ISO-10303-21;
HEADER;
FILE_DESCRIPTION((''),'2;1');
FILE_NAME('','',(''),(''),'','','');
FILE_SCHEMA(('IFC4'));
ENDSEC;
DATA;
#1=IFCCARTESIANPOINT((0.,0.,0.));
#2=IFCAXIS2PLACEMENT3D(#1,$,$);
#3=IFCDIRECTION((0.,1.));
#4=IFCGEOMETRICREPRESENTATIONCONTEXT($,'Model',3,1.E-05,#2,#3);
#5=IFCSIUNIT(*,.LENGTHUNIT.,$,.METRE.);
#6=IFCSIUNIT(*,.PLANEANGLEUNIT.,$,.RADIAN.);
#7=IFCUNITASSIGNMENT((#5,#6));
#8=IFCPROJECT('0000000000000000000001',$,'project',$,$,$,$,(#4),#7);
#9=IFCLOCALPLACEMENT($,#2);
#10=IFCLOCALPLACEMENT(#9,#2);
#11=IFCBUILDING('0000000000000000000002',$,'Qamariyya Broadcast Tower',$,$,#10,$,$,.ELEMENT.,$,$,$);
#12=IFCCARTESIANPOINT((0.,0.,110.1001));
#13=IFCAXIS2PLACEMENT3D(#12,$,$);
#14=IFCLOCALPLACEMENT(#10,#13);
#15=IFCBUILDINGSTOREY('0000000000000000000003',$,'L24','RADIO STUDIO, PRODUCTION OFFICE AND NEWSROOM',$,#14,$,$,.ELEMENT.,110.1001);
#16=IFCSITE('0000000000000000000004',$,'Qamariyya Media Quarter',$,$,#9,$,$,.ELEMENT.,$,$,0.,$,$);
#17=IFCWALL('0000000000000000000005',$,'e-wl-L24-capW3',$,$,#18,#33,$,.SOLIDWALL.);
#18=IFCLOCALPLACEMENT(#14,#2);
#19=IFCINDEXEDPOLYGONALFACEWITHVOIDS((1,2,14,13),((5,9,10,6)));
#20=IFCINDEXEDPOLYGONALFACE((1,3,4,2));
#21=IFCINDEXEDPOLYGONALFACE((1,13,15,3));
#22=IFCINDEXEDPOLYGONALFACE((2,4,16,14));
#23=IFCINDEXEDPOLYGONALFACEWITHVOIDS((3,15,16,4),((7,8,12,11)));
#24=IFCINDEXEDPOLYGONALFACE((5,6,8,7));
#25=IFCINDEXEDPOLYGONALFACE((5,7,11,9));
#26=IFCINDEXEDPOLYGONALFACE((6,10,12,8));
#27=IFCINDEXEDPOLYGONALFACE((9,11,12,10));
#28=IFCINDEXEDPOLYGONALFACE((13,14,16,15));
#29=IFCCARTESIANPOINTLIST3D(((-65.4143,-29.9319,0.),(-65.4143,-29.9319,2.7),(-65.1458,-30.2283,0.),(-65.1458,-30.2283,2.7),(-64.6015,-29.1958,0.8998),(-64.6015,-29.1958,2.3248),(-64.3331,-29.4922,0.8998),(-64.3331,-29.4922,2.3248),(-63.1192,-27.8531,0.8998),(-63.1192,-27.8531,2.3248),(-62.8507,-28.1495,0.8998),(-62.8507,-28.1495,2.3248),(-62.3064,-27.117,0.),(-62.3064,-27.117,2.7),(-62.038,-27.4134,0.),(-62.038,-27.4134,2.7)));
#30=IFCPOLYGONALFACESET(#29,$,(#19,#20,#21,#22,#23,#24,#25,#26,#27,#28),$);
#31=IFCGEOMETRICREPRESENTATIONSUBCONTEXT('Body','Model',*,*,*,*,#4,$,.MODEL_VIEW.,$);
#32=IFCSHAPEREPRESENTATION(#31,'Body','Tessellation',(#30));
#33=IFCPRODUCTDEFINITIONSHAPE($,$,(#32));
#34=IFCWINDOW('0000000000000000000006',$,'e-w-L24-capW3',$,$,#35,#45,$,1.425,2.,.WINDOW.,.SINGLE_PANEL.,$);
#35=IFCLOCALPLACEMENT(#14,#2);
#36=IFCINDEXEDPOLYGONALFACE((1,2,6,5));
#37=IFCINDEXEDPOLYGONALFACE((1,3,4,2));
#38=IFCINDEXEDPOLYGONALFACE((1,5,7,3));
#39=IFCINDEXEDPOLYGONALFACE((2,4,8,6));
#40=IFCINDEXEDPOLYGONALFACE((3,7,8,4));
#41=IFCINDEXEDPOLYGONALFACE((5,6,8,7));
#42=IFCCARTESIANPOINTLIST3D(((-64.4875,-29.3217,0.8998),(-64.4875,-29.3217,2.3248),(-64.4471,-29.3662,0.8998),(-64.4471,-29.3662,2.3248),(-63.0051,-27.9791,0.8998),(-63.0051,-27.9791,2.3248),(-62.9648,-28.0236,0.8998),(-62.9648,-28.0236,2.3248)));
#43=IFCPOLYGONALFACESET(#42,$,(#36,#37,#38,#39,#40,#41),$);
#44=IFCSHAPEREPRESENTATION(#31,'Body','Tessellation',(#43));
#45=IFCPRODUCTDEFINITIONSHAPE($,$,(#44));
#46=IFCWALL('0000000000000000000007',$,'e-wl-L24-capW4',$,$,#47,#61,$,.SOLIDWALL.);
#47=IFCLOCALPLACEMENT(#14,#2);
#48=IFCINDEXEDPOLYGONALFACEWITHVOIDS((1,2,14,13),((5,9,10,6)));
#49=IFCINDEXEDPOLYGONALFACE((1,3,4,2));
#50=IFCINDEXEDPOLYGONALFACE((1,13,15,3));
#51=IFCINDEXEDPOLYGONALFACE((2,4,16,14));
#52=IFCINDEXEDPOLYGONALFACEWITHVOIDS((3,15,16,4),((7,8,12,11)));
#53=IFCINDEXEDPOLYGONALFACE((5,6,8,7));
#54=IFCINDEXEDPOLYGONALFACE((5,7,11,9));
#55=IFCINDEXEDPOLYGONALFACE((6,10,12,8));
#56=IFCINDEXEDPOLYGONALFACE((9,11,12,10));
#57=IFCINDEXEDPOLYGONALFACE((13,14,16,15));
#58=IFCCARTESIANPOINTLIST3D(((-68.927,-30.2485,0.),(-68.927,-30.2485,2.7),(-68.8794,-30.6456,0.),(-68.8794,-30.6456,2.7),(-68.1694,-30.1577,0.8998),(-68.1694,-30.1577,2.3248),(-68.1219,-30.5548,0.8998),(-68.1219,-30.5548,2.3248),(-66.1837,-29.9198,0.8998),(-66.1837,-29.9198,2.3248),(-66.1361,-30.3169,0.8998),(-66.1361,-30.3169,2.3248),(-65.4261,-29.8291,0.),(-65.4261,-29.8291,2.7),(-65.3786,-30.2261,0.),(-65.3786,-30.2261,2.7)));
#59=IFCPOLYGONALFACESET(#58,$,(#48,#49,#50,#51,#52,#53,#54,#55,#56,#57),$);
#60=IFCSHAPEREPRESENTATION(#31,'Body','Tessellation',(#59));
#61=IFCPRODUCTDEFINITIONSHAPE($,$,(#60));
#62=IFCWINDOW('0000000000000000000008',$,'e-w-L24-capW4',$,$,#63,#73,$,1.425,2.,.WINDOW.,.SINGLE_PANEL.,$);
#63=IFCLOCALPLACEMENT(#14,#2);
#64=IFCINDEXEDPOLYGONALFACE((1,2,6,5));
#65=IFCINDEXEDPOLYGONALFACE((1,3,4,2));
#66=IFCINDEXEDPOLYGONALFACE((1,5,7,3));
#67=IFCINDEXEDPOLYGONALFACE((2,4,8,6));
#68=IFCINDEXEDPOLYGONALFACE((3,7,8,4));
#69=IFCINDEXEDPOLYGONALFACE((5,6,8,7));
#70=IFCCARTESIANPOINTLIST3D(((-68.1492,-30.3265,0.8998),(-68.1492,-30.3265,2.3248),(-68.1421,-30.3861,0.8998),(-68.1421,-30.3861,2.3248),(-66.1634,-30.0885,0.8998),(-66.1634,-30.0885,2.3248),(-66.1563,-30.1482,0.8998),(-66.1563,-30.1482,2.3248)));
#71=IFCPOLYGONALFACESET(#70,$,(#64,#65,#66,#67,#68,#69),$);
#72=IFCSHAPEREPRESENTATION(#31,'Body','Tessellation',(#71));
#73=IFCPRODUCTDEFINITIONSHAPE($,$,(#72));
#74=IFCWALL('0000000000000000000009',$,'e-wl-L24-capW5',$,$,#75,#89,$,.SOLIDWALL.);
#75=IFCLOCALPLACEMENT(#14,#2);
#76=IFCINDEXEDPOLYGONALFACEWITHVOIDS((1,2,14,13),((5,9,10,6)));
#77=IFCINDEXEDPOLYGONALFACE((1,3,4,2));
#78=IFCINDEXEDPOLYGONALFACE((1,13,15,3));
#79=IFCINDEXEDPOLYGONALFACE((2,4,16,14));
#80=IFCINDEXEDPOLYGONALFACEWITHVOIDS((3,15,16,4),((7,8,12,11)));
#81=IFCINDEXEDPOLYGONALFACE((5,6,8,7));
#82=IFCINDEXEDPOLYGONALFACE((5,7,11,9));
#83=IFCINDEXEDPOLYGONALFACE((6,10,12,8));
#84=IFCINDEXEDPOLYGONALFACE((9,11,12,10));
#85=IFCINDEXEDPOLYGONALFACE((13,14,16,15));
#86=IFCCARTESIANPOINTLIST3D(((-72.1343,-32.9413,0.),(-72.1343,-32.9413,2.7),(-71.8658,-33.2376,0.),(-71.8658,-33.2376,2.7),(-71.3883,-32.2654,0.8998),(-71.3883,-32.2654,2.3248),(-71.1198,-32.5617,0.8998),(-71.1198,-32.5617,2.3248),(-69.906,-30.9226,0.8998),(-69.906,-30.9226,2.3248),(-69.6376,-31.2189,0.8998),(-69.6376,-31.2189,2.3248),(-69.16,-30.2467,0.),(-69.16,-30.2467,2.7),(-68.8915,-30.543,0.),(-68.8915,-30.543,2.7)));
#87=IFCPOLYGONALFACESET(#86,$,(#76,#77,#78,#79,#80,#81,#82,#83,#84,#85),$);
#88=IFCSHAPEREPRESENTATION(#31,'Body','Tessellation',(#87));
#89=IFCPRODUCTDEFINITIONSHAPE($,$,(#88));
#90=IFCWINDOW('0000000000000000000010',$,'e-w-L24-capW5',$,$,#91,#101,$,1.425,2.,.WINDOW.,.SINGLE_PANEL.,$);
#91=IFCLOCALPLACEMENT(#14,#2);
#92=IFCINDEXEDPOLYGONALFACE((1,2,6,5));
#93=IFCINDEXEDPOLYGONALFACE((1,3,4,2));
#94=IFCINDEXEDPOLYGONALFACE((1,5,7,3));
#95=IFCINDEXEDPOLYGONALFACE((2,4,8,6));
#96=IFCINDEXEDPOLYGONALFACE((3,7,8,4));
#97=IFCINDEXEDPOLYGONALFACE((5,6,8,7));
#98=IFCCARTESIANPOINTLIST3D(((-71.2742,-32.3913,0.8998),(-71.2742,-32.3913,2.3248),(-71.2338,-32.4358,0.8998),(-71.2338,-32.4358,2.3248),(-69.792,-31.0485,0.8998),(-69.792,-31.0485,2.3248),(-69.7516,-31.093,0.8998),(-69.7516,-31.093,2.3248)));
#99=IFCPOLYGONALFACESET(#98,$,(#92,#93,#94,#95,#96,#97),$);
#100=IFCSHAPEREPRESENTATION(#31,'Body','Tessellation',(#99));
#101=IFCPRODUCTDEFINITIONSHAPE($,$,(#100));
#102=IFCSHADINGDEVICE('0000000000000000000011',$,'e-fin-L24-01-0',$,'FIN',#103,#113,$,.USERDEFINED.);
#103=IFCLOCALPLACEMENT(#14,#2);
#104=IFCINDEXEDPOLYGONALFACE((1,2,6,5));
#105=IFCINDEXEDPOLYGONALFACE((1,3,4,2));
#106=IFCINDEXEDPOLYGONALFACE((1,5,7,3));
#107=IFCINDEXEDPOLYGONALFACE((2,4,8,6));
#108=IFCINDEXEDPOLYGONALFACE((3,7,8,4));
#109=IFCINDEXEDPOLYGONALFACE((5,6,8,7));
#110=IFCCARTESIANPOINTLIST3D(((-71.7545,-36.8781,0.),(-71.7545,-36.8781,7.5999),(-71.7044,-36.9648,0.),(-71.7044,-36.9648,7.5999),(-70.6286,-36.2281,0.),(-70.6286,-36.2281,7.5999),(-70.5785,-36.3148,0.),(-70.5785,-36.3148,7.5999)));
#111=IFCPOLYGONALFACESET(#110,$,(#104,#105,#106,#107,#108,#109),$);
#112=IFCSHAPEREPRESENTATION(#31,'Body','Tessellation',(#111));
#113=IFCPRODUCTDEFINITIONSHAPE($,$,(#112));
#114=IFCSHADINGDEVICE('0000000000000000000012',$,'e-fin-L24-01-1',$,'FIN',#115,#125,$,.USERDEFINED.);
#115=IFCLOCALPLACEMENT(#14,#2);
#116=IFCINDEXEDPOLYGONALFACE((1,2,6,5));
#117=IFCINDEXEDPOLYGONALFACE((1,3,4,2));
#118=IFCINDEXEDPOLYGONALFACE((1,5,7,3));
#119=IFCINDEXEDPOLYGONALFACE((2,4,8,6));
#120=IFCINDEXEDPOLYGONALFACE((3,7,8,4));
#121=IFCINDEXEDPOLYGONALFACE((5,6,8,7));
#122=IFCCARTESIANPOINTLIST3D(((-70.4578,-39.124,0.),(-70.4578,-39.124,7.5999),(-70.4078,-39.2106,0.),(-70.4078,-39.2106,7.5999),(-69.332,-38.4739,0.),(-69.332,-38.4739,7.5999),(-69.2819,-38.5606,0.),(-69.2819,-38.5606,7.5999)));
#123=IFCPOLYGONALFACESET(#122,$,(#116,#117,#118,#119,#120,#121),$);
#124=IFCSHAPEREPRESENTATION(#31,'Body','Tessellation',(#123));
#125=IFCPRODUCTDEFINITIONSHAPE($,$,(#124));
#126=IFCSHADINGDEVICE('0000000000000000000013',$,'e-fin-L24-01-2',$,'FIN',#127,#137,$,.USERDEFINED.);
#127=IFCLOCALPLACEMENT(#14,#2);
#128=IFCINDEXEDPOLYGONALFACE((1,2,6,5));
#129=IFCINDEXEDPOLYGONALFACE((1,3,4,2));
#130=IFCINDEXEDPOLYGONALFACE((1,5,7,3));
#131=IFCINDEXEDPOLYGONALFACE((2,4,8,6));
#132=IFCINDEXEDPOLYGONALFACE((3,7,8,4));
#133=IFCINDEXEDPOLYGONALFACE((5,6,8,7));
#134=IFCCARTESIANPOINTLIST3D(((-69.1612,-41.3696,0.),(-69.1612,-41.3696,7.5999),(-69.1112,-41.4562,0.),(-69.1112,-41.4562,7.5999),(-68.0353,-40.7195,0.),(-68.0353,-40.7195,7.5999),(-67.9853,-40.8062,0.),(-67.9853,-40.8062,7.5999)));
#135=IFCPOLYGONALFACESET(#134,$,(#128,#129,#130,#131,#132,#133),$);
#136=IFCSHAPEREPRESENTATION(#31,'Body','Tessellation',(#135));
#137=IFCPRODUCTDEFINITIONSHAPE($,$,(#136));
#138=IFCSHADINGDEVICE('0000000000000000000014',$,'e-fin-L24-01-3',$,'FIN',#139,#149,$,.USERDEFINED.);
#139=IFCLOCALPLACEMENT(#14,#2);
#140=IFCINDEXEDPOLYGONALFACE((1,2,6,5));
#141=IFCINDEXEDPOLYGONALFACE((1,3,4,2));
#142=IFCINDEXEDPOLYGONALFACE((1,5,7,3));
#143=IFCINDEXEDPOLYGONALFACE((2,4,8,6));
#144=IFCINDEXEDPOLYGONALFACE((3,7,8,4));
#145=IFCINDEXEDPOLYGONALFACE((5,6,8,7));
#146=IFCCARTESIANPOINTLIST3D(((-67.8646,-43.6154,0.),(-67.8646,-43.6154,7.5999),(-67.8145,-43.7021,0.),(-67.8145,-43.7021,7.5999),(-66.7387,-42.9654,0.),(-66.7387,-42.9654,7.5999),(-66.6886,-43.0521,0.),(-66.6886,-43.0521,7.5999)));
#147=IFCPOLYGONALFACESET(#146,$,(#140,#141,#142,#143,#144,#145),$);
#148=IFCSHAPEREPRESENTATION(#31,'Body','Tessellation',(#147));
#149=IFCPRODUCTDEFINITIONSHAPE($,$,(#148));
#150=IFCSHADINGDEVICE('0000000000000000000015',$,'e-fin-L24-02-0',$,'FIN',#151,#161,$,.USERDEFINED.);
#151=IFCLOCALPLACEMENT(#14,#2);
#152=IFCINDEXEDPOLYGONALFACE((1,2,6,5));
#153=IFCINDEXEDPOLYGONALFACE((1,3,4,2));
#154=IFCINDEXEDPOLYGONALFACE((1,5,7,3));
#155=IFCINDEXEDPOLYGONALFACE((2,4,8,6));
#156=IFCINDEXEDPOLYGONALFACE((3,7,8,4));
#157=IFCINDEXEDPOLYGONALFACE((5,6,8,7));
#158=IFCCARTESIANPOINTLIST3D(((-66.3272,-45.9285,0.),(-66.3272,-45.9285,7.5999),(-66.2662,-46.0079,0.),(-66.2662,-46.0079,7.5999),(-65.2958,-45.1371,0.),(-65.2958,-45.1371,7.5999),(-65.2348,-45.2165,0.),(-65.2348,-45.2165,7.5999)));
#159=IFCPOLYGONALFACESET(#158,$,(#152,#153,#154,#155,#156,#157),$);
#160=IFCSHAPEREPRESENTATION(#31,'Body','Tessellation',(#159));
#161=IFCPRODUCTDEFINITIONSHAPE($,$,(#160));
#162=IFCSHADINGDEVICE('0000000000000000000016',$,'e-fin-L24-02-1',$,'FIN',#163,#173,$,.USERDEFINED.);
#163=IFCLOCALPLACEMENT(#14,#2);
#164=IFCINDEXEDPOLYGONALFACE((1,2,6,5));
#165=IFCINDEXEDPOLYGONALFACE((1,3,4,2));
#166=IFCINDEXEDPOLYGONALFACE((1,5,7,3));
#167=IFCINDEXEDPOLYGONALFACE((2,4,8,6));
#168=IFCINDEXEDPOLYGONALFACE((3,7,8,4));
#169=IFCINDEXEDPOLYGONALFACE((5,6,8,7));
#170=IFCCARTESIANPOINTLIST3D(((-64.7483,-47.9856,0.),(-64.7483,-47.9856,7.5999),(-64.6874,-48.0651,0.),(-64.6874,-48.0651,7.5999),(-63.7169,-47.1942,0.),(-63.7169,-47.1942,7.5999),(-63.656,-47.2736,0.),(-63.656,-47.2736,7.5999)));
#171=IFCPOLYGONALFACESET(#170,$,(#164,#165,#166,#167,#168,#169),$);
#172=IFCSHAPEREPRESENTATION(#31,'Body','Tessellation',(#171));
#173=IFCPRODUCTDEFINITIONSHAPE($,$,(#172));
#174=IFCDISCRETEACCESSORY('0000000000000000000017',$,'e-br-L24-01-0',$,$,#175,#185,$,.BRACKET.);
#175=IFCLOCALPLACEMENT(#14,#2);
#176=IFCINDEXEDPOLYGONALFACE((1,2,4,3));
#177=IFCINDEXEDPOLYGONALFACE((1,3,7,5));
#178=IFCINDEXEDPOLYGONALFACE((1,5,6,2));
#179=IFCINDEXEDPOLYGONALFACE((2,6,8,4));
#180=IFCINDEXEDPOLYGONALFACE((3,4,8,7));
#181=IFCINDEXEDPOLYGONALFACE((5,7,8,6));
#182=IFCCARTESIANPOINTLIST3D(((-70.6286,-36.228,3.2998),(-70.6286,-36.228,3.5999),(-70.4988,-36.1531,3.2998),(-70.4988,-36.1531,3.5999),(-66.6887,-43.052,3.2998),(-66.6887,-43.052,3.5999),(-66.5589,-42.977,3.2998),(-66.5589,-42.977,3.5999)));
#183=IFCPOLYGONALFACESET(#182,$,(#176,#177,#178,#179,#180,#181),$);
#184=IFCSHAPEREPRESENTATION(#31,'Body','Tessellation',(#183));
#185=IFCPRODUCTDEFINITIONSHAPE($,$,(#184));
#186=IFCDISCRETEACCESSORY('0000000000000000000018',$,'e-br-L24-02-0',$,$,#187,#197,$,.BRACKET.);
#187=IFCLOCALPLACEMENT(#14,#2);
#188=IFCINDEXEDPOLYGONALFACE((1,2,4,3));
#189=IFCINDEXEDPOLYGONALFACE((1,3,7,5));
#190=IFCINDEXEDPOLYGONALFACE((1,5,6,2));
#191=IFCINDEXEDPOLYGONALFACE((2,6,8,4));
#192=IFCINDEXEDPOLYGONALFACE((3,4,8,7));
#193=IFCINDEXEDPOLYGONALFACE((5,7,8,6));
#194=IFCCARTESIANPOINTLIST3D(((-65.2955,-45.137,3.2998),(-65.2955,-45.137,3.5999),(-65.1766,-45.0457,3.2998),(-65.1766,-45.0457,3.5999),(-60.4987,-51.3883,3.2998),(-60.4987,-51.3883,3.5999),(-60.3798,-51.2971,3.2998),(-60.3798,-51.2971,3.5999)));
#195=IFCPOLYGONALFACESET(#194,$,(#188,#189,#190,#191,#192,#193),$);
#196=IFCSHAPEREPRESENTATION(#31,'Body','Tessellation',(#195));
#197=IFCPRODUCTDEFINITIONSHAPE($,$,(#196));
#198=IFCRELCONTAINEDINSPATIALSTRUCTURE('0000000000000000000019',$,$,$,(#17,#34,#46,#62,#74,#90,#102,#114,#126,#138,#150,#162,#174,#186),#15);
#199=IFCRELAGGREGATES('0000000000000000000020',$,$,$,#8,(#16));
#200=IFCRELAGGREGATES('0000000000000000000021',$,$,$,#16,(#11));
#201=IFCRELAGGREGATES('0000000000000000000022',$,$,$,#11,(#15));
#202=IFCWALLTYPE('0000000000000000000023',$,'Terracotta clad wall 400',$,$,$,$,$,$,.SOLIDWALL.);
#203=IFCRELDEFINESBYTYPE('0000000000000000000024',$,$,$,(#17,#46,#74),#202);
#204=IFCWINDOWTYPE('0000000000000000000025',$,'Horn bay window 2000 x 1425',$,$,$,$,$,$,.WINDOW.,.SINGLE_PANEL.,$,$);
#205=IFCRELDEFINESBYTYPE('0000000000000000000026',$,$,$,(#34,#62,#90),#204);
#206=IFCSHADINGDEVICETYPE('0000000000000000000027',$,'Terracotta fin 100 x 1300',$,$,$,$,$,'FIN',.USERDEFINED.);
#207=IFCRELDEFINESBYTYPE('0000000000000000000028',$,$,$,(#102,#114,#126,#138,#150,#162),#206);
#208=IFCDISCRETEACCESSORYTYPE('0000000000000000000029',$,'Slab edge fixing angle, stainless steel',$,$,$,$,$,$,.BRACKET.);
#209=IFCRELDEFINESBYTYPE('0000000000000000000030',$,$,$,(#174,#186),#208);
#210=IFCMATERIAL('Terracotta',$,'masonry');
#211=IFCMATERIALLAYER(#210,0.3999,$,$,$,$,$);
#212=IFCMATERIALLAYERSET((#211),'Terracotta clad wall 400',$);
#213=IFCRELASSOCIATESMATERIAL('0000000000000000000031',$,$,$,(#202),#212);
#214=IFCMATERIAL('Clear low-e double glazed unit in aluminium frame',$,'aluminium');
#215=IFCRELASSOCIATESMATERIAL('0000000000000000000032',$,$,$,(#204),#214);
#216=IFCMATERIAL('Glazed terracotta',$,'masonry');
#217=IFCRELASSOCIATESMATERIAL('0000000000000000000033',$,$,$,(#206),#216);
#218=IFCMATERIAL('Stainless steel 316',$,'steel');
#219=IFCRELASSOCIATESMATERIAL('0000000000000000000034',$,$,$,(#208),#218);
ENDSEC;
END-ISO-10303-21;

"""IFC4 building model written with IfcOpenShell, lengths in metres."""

from ifc_helpers import new_model, si_unit, direction, frame, frame_2d, origin, origin_2d, place, context, subcontext, project, spatial, rectangle, extrude, material, layer, layer_set, material_profile, profile_set, type_object, element, fill, save


model = new_model("IFC4")

# Units and contexts
model_context = context("Model", 3, precision=1e-05, world=origin(), true_north=direction((0.0, 1.0)))
body_context = subcontext(model_context, "Body", "Model", "MODEL_VIEW")
ifc_project = project(units=[si_unit("LENGTHUNIT", "METRE"), si_unit("PLANEANGLEUNIT", "RADIAN")], contexts=[model_context])

# Site, building, storey
site_placement = place(None, origin())
site = spatial("IfcSite", under=ifc_project, at=site_placement, Name="Qamariyya Media Quarter", CompositionType="ELEMENT", RefElevation=0.0)
building_placement = place(site_placement, origin())
building = spatial("IfcBuilding", under=site, at=building_placement, Name="Qamariyya Broadcast Tower", CompositionType="ELEMENT")
storey_placement = place(building_placement, frame((0.0, 0.0, 110.1001)))
storey = spatial("IfcBuildingStorey", under=building, at=storey_placement, Name="L24", Description="RADIO STUDIO, PRODUCTION OFFICE AND NEWSROOM", CompositionType="ELEMENT", Elevation=110.1001)

# Walls, openings, windows
ifc_material_1 = material(Name="Terracotta", Category="masonry")
ifc_layer_1 = layer(ifc_material_1, 0.3999)
ifc_layer_set_1 = layer_set([ifc_layer_1], Name="Terracotta clad wall 400")
wall_type_1 = type_object("IfcWallType", Name="Terracotta clad wall 400", PredefinedType="SOLIDWALL", material=ifc_layer_set_1)
ifc_material_2 = material(Name="Clear low-e double glazed unit in aluminium frame", Category="aluminium")
window_type = type_object("IfcWindowType", Name="Horn bay window 2000 x 1425", PartitioningType="SINGLE_PANEL", PredefinedType="WINDOW", material=ifc_material_2)
wall_1_placement = place(storey_placement, frame((-62.1721, -27.2651, 0.0), z_axis=(0.0, 0.0, 1.0), x_axis=(-0.741177, -0.67131, 0.0)))
wall_1 = element("IfcWall", 1, at=wall_1_placement, inside=storey, type_object=wall_type_1, Name="e-wl-L24-capW3", PredefinedType="SOLIDWALL", context=body_context, shape_type="SweptSolid", body=[
    extrude(rectangle(XDim=4.1931, YDim=0.3999, at=frame_2d((2.0967, 0.0))), origin(), (0.0, 0.0, 1.0), 2.7),
])
opening_1_placement = place(wall_1_placement, frame((1.0967, 0.0, 0.8999)))
opening_1 = element("IfcOpeningElement", 2, at=opening_1_placement, cuts=wall_1, PredefinedType="OPENING", context=body_context, shape_type="SweptSolid", body=[
    extrude(rectangle(XDim=2.0, YDim=1.425, at=frame_2d((1.0, 0.7124))), frame((0.0, 0.21, 0.0), z_axis=(0.0, -1.0, 0.0), x_axis=(1.0, 0.0, 0.0)), (0.0, 0.0, 1.0), 0.4199),
])
window_1_placement = place(opening_1_placement, origin())
window_1 = element("IfcWindow", 3, at=window_1_placement, inside=storey, type_object=window_type, Name="e-w-L24-capW3", OverallHeight=1.425, OverallWidth=2.0, PartitioningType="SINGLE_PANEL", PredefinedType="WINDOW", context=body_context, shape_type="SweptSolid", body=[
    extrude(rectangle(XDim=2.0, YDim=1.425, at=frame_2d((1.0, 0.7124))), frame((0.0, 0.03, 0.0), z_axis=(0.0, -1.0, 0.0), x_axis=(1.0, 0.0, 0.0)), (0.0, 0.0, 1.0), 0.0601),
])
fill(opening_1, window_1)
wall_2_placement = place(storey_placement, frame((-65.4023, -30.0276, 0.0), z_axis=(0.0, 0.0, 1.0), x_axis=(-0.992899, -0.118962, 0.0)))
wall_2 = element("IfcWall", 4, at=wall_2_placement, inside=storey, type_object=wall_type_1, Name="e-wl-L24-capW4", PredefinedType="SOLIDWALL", context=body_context, shape_type="SweptSolid", body=[
    extrude(rectangle(XDim=3.5259, YDim=0.3999, at=frame_2d((1.7629, 0.0))), origin(), (0.0, 0.0, 1.0), 2.7),
])
opening_2_placement = place(wall_2_placement, frame((0.7629, 0.0, 0.8999)))
opening_2 = element("IfcOpeningElement", 5, at=opening_2_placement, cuts=wall_2, PredefinedType="OPENING", context=body_context, shape_type="SweptSolid", body=[
    extrude(rectangle(XDim=2.0, YDim=1.425, at=frame_2d((1.0, 0.7124))), frame((0.0, 0.21, 0.0), z_axis=(0.0, -1.0, 0.0), x_axis=(1.0, 0.0, 0.0)), (0.0, 0.0, 1.0), 0.4199),
])
window_2_placement = place(opening_2_placement, origin())
window_2 = element("IfcWindow", 6, at=window_2_placement, inside=storey, type_object=window_type, Name="e-w-L24-capW4", OverallHeight=1.425, OverallWidth=2.0, PartitioningType="SINGLE_PANEL", PredefinedType="WINDOW", context=body_context, shape_type="SweptSolid", body=[
    extrude(rectangle(XDim=2.0, YDim=1.425, at=frame_2d((1.0, 0.7124))), frame((0.0, 0.03, 0.0), z_axis=(0.0, -1.0, 0.0), x_axis=(1.0, 0.0, 0.0)), (0.0, 0.0, 1.0), 0.0601),
])
fill(opening_2, window_2)
wall_3_placement = place(storey_placement, frame((-69.0256, -30.3948, 0.0), z_axis=(0.0, 0.0, 1.0), x_axis=(-0.741103, -0.671391, 0.0)))
wall_3 = element("IfcWall", 7, at=wall_3_placement, inside=storey, type_object=wall_type_1, Name="e-wl-L24-capW5", PredefinedType="SOLIDWALL", context=body_context, shape_type="SweptSolid", body=[
    extrude(rectangle(XDim=4.0134, YDim=0.3999, at=frame_2d((2.0068, 0.0))), origin(), (0.0, 0.0, 1.0), 2.7),
])
opening_3_placement = place(wall_3_placement, frame((1.0068, 0.0, 0.8999)))
opening_3 = element("IfcOpeningElement", 8, at=opening_3_placement, cuts=wall_3, PredefinedType="OPENING", context=body_context, shape_type="SweptSolid", body=[
    extrude(rectangle(XDim=2.0, YDim=1.425, at=frame_2d((1.0, 0.7124))), frame((0.0, 0.21, 0.0), z_axis=(0.0, -1.0, 0.0), x_axis=(1.0, 0.0, 0.0)), (0.0, 0.0, 1.0), 0.4199),
])
window_3_placement = place(opening_3_placement, origin())
window_3 = element("IfcWindow", 9, at=window_3_placement, inside=storey, type_object=window_type, Name="e-w-L24-capW5", OverallHeight=1.425, OverallWidth=2.0, PartitioningType="SINGLE_PANEL", PredefinedType="WINDOW", context=body_context, shape_type="SweptSolid", body=[
    extrude(rectangle(XDim=2.0, YDim=1.425, at=frame_2d((1.0, 0.7124))), frame((0.0, 0.03, 0.0), z_axis=(0.0, -1.0, 0.0), x_axis=(1.0, 0.0, 0.0)), (0.0, 0.0, 1.0), 0.0601),
])
fill(opening_3, window_3)

# Shading devices
ifc_material_3 = material(Name="Glazed terracotta", Category="masonry")
ifc_material_profile_1 = material_profile(ifc_material_3, rectangle(XDim=1.3, YDim=0.1001, at=origin_2d()))
ifc_profile_set_1 = profile_set([ifc_material_profile_1], Name="Glazed terracotta")
shading_device_type_1 = type_object("IfcShadingDeviceType", Name="Terracotta fin 100 x 1300", ElementType="FIN", PredefinedType="USERDEFINED", material=ifc_profile_set_1)
for number, where, z_axis, x_axis, name in (
    (10, (-71.1665, -36.5964, 0.0), (0.0, 0.0, 1.0), (-0.866025, -0.5, 0.0), "e-fin-L24-01-0"),
    (11, (-69.8699, -38.8423, 0.0), (0.0, 0.0, 1.0), (-0.866025, -0.5, 0.0), "e-fin-L24-01-1"),
    (12, (-68.5732, -41.0879, 0.0), (0.0, 0.0, 1.0), (-0.866025, -0.5, 0.0), "e-fin-L24-01-2"),
    (13, (-67.2766, -43.3337, 0.0), (0.0, 0.0, 1.0), (-0.866025, -0.5, 0.0), "e-fin-L24-01-3"),
    (14, (-65.781, -45.5725, 0.0), (0.0, 0.0, 1.0), (-0.793353, -0.608761, 0.0), "e-fin-L24-02-0"),
    (15, (-64.2021, -47.6296, 0.0), (0.0, 0.0, 1.0), (-0.793353, -0.608761, 0.0), "e-fin-L24-02-1"),
):
    element("IfcShadingDevice", number, at=place(storey_placement, frame(where, z_axis=z_axis, x_axis=x_axis)), inside=storey, type_object=shading_device_type_1, Name=name, ObjectType="FIN", PredefinedType="USERDEFINED", context=body_context, shape_type="SweptSolid", body=[
        extrude(rectangle(XDim=1.3, YDim=0.1001, at=origin_2d()), origin(), (0.0, 0.0, 1.0), 7.5999),
    ])

# Discrete accessories
ifc_material_4 = material(Name="Stainless steel 316", Category="steel")
discrete_accessory_type = type_object("IfcDiscreteAccessoryType", Name="Slab edge fixing angle, stainless steel", PredefinedType="BRACKET", material=ifc_material_4)
for number, where, z_axis, x_axis, name in (
    (16, (-68.5938, -39.6025, 3.2998), (0.0, 0.0, 1.0), (0.5, -0.866025, 0.0), "e-br-L24-01-0"),
    (17, (-62.8376, -48.217, 3.2998), (0.0, 0.0, 1.0), (0.608761, -0.793353, 0.0), "e-br-L24-02-0"),
):
    element("IfcDiscreteAccessory", number, at=place(storey_placement, frame(where, z_axis=z_axis, x_axis=x_axis)), inside=storey, type_object=discrete_accessory_type, Name=name, PredefinedType="BRACKET", context=body_context, shape_type="SweptSolid", body=[
        extrude(rectangle(XDim=7.8796, YDim=0.1499, at=origin_2d()), origin(), (0.0, 0.0, 1.0), 0.3),
    ])

save(model, "model.ifc")
